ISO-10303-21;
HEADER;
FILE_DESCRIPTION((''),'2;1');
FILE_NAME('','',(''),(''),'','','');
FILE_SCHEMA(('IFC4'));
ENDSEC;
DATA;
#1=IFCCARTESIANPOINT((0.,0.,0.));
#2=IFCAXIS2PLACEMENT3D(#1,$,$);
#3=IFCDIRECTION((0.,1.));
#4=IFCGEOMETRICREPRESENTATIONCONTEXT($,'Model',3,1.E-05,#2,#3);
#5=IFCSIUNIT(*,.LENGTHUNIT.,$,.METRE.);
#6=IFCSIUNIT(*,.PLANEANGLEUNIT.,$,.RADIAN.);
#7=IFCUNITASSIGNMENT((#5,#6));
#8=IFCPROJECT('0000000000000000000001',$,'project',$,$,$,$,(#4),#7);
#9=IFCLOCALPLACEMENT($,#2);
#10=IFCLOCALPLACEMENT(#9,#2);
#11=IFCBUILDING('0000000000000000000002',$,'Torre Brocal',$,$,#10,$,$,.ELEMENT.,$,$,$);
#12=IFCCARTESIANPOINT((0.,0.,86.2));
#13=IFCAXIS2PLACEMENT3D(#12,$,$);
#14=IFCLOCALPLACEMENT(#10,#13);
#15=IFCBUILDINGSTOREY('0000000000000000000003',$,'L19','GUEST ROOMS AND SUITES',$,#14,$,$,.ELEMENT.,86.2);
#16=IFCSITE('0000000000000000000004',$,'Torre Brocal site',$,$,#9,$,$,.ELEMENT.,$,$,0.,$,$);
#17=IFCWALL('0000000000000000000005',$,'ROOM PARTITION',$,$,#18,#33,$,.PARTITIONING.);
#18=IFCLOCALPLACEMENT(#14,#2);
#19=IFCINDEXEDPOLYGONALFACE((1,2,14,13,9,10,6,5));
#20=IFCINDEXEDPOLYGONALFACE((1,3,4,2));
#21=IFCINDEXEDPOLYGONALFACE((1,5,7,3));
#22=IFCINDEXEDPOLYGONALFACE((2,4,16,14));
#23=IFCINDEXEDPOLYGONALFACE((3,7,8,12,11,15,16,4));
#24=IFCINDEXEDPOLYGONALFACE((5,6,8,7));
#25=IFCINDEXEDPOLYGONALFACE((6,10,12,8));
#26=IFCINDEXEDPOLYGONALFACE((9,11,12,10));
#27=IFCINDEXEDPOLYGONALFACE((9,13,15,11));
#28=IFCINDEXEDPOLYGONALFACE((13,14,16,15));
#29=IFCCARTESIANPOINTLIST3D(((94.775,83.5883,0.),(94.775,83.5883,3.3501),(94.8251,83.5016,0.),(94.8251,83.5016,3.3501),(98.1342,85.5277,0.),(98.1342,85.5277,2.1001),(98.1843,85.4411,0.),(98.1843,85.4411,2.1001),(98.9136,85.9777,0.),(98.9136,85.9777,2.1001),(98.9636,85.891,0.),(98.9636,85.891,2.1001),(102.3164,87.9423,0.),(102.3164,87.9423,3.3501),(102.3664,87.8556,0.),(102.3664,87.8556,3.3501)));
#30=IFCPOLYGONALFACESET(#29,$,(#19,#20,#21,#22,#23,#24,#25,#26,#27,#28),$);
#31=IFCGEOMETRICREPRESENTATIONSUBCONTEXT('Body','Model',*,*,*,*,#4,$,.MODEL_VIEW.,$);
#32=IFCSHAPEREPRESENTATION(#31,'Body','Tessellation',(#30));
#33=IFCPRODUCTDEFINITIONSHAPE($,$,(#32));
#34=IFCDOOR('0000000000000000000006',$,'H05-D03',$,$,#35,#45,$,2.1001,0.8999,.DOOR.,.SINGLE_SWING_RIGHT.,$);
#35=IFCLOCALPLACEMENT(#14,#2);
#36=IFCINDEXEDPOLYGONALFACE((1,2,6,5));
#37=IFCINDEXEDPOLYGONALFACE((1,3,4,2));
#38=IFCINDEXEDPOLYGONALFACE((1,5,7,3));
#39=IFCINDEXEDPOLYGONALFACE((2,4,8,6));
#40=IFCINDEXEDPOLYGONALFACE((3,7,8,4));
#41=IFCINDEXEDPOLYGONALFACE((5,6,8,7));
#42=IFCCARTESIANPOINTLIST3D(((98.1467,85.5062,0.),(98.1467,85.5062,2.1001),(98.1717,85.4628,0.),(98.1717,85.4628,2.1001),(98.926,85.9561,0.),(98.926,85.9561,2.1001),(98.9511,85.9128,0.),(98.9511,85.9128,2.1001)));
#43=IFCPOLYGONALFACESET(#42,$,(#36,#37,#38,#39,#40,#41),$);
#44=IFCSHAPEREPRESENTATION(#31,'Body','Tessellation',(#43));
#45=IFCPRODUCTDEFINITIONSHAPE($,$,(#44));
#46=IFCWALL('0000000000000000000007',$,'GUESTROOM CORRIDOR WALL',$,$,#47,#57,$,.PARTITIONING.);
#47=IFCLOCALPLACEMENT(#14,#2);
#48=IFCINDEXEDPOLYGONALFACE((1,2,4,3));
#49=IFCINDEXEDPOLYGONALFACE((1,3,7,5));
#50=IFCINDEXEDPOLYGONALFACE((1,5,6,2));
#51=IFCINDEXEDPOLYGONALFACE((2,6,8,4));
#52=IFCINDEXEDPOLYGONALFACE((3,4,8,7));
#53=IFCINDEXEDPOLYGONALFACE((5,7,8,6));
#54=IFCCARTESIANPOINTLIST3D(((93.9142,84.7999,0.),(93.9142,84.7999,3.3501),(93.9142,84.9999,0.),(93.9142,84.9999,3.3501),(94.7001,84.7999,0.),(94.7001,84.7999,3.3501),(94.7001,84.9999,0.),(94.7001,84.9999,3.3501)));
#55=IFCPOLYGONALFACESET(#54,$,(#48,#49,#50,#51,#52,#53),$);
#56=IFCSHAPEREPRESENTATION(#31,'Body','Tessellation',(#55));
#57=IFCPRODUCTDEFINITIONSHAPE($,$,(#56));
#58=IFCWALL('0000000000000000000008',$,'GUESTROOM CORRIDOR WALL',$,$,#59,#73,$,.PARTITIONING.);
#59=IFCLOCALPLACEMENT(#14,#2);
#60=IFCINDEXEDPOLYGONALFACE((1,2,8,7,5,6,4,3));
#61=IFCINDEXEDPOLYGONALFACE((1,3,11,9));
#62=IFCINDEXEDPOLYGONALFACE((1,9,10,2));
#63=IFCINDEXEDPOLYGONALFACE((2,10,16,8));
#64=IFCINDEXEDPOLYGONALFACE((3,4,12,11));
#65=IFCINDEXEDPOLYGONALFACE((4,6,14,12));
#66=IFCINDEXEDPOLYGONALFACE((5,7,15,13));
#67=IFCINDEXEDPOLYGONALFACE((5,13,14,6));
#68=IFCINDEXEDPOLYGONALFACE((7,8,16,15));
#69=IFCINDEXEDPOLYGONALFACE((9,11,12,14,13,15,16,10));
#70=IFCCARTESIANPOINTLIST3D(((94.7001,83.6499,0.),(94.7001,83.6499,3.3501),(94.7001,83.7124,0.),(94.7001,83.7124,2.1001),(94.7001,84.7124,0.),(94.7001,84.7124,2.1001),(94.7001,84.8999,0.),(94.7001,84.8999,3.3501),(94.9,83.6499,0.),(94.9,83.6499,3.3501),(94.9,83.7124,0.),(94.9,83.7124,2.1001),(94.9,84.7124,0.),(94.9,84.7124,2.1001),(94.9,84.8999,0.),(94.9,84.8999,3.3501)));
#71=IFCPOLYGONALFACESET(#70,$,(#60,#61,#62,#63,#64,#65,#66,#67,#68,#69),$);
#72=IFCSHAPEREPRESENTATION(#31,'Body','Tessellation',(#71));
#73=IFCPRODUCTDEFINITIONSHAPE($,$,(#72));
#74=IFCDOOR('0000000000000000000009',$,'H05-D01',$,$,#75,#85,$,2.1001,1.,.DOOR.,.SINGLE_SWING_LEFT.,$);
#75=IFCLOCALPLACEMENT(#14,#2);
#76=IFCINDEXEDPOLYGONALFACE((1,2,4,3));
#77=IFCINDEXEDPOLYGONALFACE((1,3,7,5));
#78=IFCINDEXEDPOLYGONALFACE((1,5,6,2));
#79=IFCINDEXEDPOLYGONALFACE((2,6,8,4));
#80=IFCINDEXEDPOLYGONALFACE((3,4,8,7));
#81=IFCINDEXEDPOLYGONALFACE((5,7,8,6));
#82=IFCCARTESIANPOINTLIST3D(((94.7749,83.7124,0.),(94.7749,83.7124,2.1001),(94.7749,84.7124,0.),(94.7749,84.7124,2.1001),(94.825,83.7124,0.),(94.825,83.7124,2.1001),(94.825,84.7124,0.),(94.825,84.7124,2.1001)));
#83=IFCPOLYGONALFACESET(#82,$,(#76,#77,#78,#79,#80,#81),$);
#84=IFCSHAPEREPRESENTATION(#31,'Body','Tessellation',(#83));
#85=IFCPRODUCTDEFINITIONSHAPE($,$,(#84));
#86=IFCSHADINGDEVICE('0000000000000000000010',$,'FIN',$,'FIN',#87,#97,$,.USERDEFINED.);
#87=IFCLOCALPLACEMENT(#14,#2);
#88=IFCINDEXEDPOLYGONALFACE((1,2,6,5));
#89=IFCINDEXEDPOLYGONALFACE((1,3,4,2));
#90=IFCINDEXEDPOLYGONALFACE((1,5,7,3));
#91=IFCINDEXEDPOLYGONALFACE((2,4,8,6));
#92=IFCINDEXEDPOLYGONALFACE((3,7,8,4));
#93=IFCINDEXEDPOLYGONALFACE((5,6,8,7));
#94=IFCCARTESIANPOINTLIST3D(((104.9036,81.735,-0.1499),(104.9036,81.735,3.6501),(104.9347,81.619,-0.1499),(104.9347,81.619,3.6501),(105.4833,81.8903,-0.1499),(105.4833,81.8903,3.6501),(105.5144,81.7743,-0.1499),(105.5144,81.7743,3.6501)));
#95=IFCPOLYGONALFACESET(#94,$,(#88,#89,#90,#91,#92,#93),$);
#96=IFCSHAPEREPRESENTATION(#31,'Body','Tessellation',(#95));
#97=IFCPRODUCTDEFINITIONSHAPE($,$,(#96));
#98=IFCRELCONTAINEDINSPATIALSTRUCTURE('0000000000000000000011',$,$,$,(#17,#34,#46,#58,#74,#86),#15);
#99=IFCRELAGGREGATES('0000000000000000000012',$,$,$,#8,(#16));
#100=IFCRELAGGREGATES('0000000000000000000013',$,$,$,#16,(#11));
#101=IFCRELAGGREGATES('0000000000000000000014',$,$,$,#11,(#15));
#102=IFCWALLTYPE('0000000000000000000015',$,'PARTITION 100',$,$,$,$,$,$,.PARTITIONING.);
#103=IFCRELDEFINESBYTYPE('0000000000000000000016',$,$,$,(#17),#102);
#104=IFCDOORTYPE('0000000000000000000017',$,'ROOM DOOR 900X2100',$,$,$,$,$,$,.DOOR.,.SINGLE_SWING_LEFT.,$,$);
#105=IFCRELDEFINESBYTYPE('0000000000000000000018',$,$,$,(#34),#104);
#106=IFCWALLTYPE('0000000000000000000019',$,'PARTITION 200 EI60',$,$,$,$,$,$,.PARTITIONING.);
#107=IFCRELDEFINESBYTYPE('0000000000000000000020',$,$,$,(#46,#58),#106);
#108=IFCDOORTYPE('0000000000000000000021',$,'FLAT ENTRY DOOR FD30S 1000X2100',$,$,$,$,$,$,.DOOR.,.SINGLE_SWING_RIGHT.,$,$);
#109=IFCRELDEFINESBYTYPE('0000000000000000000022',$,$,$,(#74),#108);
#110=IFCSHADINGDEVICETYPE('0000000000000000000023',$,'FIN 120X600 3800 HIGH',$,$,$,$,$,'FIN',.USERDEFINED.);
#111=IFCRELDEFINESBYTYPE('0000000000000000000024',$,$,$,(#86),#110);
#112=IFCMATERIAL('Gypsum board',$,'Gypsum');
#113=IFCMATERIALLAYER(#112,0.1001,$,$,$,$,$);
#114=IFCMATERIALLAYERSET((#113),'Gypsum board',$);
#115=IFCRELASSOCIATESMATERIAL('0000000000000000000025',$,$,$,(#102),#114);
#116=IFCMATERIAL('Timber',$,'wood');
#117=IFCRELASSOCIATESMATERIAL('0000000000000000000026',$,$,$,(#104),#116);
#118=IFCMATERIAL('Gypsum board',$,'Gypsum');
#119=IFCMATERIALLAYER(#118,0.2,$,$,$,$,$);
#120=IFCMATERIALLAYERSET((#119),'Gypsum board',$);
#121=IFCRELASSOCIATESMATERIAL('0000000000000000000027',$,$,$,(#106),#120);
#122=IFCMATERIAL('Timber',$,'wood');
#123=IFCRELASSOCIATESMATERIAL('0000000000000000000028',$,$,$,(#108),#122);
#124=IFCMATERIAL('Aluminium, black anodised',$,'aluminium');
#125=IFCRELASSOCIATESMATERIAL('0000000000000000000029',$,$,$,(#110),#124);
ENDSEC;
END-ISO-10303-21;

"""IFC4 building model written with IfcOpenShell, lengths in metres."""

from ifc_helpers import new_model, si_unit, direction, frame, frame_2d, origin, origin_2d, place, context, subcontext, project, spatial, rectangle, extrude, material, layer, layer_set, material_profile, profile_set, type_object, element, fill, save


model = new_model("IFC4")

# Units and contexts
model_context = context("Model", 3, precision=1e-05, world=origin(), true_north=direction((0.0, 1.0)))
body_context = subcontext(model_context, "Body", "Model", "MODEL_VIEW")
ifc_project = project(units=[si_unit("LENGTHUNIT", "METRE"), si_unit("PLANEANGLEUNIT", "RADIAN")], contexts=[model_context])

# Site, building, storey
site_placement = place(None, origin())
site = spatial("IfcSite", under=ifc_project, at=site_placement, Name="Torre Brocal site", CompositionType="ELEMENT", RefElevation=0.0)
building_placement = place(site_placement, origin())
building = spatial("IfcBuilding", under=site, at=building_placement, Name="Torre Brocal", CompositionType="ELEMENT")
storey_placement = place(building_placement, frame((0.0, 0.0, 86.2)))
storey = spatial("IfcBuildingStorey", under=building, at=storey_placement, Name="L19", Description="GUEST ROOMS AND SUITES", CompositionType="ELEMENT", Elevation=86.2)

# Shared definitions
ifc_material_1 = material(Name="Gypsum board", Category="Gypsum")
ifc_layer_1 = layer(ifc_material_1, 0.1001)
ifc_layer_set_1 = layer_set([ifc_layer_1], Name="Gypsum board")
wall_type_1 = type_object("IfcWallType", Name="PARTITION 100", PredefinedType="PARTITIONING", material=ifc_layer_set_1)

# Wall, opening, door
wall_1_placement = place(storey_placement, frame((94.8, 83.5449, 0.0), z_axis=(0.0, 0.0, 1.0), x_axis=(0.866023, 0.500005, 0.0)))
wall_1 = element("IfcWall", 1, at=wall_1_placement, inside=storey, type_object=wall_type_1, Name="ROOM PARTITION", PredefinedType="PARTITIONING", context=body_context, shape_type="SweptSolid", body=[
    extrude(rectangle(XDim=8.708, YDim=0.1001, at=frame_2d((4.354, 0.0))), origin(), (0.0, 0.0, 1.0), 3.3501),
])
opening_1_placement = place(wall_1_placement, frame((3.8789, 0.0, 0.0)))
opening_1 = element("IfcOpeningElement", 2, at=opening_1_placement, cuts=wall_1, PredefinedType="OPENING", context=body_context, shape_type="SweptSolid", body=[
    extrude(rectangle(XDim=0.8999, YDim=2.1001, at=frame_2d((0.45, 1.05))), frame((0.0, 0.0601, 0.0), z_axis=(0.0, -1.0, 0.0), x_axis=(1.0, 0.0, 0.0)), (0.0, 0.0, 1.0), 0.1201),
])
ifc_material_2 = material(Name="Timber", Category="wood")
door_type_1 = type_object("IfcDoorType", Name="ROOM DOOR 900X2100", OperationType="SINGLE_SWING_LEFT", PredefinedType="DOOR", material=ifc_material_2)
door_1_placement = place(opening_1_placement, frame((0.8999, 0.0, 0.0), z_axis=(0.0, 0.0, 1.0), x_axis=(-1.0, 0.0, 0.0)))
door_1 = element("IfcDoor", 3, at=door_1_placement, inside=storey, type_object=door_type_1, Name="H05-D03", OperationType="SINGLE_SWING_RIGHT", OverallHeight=2.1001, OverallWidth=0.8999, PredefinedType="DOOR", context=body_context, shape_type="SweptSolid", body=[
    extrude(rectangle(XDim=0.8999, YDim=2.1001, at=frame_2d((0.45, 1.05))), frame((0.0, 0.0249, 0.0), z_axis=(0.0, -1.0, 0.0), x_axis=(1.0, 0.0, 0.0)), (0.0, 0.0, 1.0), 0.05),
])
fill(opening_1, door_1)

# Wall
ifc_material_3 = material(Name="Gypsum board", Category="Gypsum")
ifc_layer_2 = layer(ifc_material_3, 0.2)
ifc_layer_set_2 = layer_set([ifc_layer_2], Name="Gypsum board")
wall_type_2 = type_object("IfcWallType", Name="PARTITION 200 EI60", PredefinedType="PARTITIONING", material=ifc_layer_set_2)
wall_2_placement = place(storey_placement, frame((93.9141, 84.8999, 0.0), z_axis=(0.0, 0.0, 1.0), x_axis=(1.0, 0.0, 0.0)))
element("IfcWall", 4, at=wall_2_placement, inside=storey, type_object=wall_type_2, Name="GUESTROOM CORRIDOR WALL", PredefinedType="PARTITIONING", context=body_context, shape_type="SweptSolid", body=[
    extrude(rectangle(XDim=0.7859, YDim=0.2, at=frame_2d((0.3931, 0.0))), origin(), (0.0, 0.0, 1.0), 3.3501),
])

# Wall, opening, door
wall_3_placement = place(storey_placement, frame((94.8, 83.6499, 0.0), z_axis=(0.0, 0.0, 1.0), x_axis=(0.0, 1.0, 0.0)))
wall_3 = element("IfcWall", 5, at=wall_3_placement, inside=storey, type_object=wall_type_2, Name="GUESTROOM CORRIDOR WALL", PredefinedType="PARTITIONING", context=body_context, shape_type="SweptSolid", body=[
    extrude(rectangle(XDim=1.25, YDim=0.2, at=frame_2d((0.625, 0.0))), origin(), (0.0, 0.0, 1.0), 3.3501),
])
opening_2_placement = place(wall_3_placement, frame((0.0625, 0.0, 0.0)))
opening_2 = element("IfcOpeningElement", 6, at=opening_2_placement, cuts=wall_3, PredefinedType="OPENING", context=body_context, shape_type="SweptSolid", body=[
    extrude(rectangle(XDim=1.0, YDim=2.1001, at=frame_2d((0.5, 1.05))), frame((0.0, 0.1099, 0.0), z_axis=(0.0, -1.0, 0.0), x_axis=(1.0, 0.0, 0.0)), (0.0, 0.0, 1.0), 0.22),
])
ifc_material_4 = material(Name="Timber", Category="wood")
door_type_2 = type_object("IfcDoorType", Name="FLAT ENTRY DOOR FD30S 1000X2100", OperationType="SINGLE_SWING_RIGHT", PredefinedType="DOOR", material=ifc_material_4)
door_2_placement = place(opening_2_placement, frame((1.0, 0.0, 0.0), z_axis=(0.0, 0.0, 1.0), x_axis=(-1.0, 0.0, 0.0)))
door_2 = element("IfcDoor", 7, at=door_2_placement, inside=storey, type_object=door_type_2, Name="H05-D01", OperationType="SINGLE_SWING_LEFT", OverallHeight=2.1001, OverallWidth=1.0, PredefinedType="DOOR", context=body_context, shape_type="SweptSolid", body=[
    extrude(rectangle(XDim=1.0, YDim=2.1001, at=frame_2d((0.5, 1.05))), frame((0.0, 0.0249, 0.0), z_axis=(0.0, -1.0, 0.0), x_axis=(1.0, 0.0, 0.0)), (0.0, 0.0, 1.0), 0.05),
])
fill(opening_2, door_2)

# Shading device
ifc_material_5 = material(Name="Aluminium, black anodised", Category="aluminium")
ifc_material_profile_1 = material_profile(ifc_material_5, rectangle(XDim=0.1201, YDim=0.6001, at=origin_2d()), Name="FIN 120X600 3800 HIGH")
ifc_profile_set_1 = profile_set([ifc_material_profile_1], Name="Aluminium, black anodised")
shading_device_type = type_object("IfcShadingDeviceType", Name="FIN 120X600 3800 HIGH", ElementType="FIN", PredefinedType="USERDEFINED", material=ifc_profile_set_1)
shading_device_placement = place(storey_placement, frame((105.209, 81.7546, -0.1499), z_axis=(0.0, 0.0, 1.0), x_axis=(-0.258819, 0.965926, 0.0)))
element("IfcShadingDevice", 8, at=shading_device_placement, inside=storey, type_object=shading_device_type, Name="FIN", ObjectType="FIN", PredefinedType="USERDEFINED", context=body_context, shape_type="SweptSolid", body=[
    extrude(rectangle(XDim=0.1201, YDim=0.6001, at=origin_2d()), origin(), (0.0, 0.0, 1.0), 3.8),
])

save(model, "model.ifc")
